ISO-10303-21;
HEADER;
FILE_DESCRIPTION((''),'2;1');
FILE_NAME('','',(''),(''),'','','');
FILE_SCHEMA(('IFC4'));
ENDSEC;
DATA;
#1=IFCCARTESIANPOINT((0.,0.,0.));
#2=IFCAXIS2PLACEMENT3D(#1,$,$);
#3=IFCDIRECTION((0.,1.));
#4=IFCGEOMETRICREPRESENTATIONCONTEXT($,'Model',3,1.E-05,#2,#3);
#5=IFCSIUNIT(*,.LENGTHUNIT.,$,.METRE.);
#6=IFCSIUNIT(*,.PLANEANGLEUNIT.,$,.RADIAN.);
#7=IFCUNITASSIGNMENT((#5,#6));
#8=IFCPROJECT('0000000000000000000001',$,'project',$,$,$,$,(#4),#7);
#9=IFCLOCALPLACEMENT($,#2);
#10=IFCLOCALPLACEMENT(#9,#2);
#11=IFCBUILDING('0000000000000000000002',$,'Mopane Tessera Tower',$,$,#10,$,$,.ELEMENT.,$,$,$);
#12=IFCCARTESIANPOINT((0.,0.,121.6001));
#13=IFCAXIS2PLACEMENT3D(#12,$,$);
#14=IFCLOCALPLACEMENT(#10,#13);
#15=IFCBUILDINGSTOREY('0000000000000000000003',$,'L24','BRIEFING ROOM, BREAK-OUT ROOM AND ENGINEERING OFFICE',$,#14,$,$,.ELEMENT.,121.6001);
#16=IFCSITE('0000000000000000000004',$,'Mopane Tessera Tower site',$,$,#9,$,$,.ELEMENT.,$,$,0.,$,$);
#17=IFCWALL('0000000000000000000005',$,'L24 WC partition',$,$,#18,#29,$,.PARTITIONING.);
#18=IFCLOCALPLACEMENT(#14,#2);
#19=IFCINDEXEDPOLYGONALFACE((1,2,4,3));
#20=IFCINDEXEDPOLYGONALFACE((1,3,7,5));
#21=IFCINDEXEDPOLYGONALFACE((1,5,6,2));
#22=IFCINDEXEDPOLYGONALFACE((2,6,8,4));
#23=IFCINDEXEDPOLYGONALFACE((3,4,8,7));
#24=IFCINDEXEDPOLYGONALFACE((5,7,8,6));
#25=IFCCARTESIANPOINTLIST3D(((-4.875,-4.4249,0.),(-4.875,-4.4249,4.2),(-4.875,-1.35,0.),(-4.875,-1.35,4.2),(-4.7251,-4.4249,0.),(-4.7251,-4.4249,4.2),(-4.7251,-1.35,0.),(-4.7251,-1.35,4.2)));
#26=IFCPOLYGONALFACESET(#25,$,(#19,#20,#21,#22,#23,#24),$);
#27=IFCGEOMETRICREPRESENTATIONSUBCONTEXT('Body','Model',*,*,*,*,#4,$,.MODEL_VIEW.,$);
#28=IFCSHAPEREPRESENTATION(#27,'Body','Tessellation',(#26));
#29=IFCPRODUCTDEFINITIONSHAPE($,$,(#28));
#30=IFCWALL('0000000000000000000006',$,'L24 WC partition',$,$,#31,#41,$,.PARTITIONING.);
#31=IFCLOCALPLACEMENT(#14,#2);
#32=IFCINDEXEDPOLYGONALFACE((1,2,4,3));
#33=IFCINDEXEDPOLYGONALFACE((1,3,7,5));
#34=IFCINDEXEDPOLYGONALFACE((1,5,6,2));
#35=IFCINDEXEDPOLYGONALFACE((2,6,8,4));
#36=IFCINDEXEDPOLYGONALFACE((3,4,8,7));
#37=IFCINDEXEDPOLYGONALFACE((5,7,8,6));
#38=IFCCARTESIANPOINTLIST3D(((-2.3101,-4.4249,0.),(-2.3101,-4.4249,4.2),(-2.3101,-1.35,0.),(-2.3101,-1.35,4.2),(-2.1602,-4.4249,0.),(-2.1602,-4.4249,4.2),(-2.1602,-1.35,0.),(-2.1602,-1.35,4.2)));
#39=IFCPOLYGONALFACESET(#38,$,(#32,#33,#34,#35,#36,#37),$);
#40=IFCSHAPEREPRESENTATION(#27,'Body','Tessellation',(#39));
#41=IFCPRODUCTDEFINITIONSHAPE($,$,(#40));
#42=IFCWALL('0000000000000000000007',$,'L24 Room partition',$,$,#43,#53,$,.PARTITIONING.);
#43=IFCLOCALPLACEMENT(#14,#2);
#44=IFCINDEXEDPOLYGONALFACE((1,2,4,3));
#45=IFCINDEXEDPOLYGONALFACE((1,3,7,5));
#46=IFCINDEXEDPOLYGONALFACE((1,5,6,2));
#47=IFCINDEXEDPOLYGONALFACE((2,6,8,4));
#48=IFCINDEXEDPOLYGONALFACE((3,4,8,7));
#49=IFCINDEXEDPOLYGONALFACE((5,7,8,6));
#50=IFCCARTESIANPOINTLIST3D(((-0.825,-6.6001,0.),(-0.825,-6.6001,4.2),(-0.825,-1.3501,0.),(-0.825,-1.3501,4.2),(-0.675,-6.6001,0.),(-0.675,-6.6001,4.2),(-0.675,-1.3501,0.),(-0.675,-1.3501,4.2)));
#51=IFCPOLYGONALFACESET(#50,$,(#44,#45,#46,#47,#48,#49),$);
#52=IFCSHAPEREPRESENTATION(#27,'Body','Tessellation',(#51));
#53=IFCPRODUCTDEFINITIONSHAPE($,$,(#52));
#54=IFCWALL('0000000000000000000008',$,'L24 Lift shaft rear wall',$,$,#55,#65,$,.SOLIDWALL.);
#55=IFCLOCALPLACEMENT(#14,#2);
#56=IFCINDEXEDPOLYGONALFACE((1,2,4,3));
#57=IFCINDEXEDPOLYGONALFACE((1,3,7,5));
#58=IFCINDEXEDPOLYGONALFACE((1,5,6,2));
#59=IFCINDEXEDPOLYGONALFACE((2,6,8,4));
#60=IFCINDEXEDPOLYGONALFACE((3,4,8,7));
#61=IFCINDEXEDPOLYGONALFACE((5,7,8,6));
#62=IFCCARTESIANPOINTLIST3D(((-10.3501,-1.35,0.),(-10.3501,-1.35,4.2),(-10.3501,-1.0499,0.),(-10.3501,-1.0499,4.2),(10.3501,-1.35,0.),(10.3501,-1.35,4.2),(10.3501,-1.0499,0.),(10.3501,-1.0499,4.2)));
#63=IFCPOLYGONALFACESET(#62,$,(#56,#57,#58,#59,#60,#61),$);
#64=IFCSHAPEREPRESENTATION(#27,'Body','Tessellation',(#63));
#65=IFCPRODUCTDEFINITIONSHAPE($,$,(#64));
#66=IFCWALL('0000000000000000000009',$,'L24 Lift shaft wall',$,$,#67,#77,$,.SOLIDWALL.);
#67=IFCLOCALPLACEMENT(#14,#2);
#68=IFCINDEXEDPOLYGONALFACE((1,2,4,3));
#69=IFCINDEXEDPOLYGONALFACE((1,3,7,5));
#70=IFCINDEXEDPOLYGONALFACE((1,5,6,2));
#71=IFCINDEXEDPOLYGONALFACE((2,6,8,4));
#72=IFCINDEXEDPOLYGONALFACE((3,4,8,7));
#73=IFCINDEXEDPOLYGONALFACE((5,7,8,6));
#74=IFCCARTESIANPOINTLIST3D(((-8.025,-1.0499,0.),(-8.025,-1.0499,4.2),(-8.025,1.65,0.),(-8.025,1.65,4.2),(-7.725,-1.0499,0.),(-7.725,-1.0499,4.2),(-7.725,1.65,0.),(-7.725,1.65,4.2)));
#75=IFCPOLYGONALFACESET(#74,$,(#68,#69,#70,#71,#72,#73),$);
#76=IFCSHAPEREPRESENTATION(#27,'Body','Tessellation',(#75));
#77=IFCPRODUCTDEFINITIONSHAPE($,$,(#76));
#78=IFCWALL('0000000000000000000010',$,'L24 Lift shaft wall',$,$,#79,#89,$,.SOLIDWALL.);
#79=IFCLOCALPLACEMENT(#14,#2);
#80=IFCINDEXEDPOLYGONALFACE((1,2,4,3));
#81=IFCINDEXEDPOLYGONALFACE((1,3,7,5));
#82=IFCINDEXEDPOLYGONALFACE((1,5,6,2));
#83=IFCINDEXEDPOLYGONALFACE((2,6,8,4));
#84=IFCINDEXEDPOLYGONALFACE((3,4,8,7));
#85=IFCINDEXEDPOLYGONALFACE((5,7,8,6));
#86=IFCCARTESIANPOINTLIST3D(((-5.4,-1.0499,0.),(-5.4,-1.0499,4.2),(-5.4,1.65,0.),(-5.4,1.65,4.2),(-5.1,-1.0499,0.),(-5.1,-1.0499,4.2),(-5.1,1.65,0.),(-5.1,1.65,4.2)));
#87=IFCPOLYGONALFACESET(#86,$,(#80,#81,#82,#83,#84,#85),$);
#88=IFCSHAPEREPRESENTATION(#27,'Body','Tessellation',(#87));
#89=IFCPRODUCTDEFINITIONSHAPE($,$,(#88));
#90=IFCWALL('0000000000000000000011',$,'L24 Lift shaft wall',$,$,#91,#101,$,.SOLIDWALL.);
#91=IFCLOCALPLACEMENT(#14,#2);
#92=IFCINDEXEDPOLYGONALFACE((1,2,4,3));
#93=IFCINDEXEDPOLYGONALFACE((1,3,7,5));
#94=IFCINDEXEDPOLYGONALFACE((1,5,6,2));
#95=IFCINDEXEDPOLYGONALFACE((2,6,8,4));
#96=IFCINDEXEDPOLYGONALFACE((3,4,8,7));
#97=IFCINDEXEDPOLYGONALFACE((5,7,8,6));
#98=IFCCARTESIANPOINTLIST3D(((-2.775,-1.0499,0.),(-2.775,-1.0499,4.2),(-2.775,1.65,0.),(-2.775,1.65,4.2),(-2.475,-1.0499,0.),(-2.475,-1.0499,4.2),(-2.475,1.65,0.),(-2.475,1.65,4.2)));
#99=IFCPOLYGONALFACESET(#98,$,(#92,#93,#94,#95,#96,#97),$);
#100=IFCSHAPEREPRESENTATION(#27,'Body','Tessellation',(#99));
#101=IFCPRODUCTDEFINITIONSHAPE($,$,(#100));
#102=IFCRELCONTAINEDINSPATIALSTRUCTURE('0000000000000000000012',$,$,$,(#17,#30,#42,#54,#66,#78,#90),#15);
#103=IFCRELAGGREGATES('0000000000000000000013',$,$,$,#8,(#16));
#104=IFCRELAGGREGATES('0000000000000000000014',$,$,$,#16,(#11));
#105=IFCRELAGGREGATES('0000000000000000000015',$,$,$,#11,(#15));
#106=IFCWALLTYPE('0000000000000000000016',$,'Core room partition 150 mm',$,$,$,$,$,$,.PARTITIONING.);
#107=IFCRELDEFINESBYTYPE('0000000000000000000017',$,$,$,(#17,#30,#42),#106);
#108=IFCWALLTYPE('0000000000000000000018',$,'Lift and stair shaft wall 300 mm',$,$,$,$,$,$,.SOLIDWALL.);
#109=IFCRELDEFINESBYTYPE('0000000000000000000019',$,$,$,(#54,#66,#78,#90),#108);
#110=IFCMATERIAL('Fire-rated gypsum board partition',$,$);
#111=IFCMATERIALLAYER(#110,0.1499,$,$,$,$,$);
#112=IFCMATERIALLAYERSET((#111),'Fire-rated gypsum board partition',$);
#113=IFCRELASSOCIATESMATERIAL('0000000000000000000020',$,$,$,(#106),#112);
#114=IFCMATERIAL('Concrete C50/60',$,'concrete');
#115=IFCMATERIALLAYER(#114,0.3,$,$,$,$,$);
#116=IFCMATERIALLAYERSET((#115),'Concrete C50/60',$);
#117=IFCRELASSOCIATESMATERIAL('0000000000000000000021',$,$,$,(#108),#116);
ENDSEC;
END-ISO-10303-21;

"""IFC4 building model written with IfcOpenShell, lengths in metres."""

from ifc_helpers import new_model, si_unit, direction, frame, frame_2d, origin, place, context, subcontext, project, spatial, rectangle, extrude, material, layer, layer_set, type_object, element, save


model = new_model("IFC4")

# Units and contexts
model_context = context("Model", 3, precision=1e-05, world=origin(), true_north=direction((0.0, 1.0)))
body_context = subcontext(model_context, "Body", "Model", "MODEL_VIEW")
ifc_project = project(units=[si_unit("LENGTHUNIT", "METRE"), si_unit("PLANEANGLEUNIT", "RADIAN")], contexts=[model_context])

# Site, building, storey
site_placement = place(None, origin())
site = spatial("IfcSite", under=ifc_project, at=site_placement, Name="Mopane Tessera Tower site", CompositionType="ELEMENT", RefElevation=0.0)
building_placement = place(site_placement, origin())
building = spatial("IfcBuilding", under=site, at=building_placement, Name="Mopane Tessera Tower", CompositionType="ELEMENT")
storey_placement = place(building_placement, frame((0.0, 0.0, 121.6001)))
storey = spatial("IfcBuildingStorey", under=building, at=storey_placement, Name="L24", Description="BRIEFING ROOM, BREAK-OUT ROOM AND ENGINEERING OFFICE", CompositionType="ELEMENT", Elevation=121.6001)

# Shared definitions
ifc_material_1 = material(Name="Fire-rated gypsum board partition")
ifc_layer_1 = layer(ifc_material_1, 0.1499)
ifc_layer_set_1 = layer_set([ifc_layer_1], Name="Fire-rated gypsum board partition")
wall_type_1 = type_object("IfcWallType", Name="Core room partition 150 mm", PredefinedType="PARTITIONING", material=ifc_layer_set_1)

# Walls
for number, where, z_axis, x_axis, name in (
    (1, (-4.8, -4.425, 0.0), (0.0, 0.0, 1.0), (0.0, 1.0, 0.0), "L24 WC partition"),
    (2, (-2.2351, -4.425, 0.0), (0.0, 0.0, 1.0), (0.0, 1.0, 0.0), "L24 WC partition"),
):
    element("IfcWall", number, at=place(storey_placement, frame(where, z_axis=z_axis, x_axis=x_axis)), inside=storey, type_object=wall_type_1, Name=name, PredefinedType="PARTITIONING", context=body_context, shape_type="SweptSolid", body=[
        extrude(rectangle(XDim=3.075, YDim=0.1499, at=frame_2d((1.5376, 0.0))), origin(), (0.0, 0.0, 1.0), 4.2),
    ])
wall_1_placement = place(storey_placement, frame((-0.75, -6.6001, 0.0), z_axis=(0.0, 0.0, 1.0), x_axis=(0.0, 1.0, 0.0)))
element("IfcWall", 3, at=wall_1_placement, inside=storey, type_object=wall_type_1, Name="L24 Room partition", PredefinedType="PARTITIONING", context=body_context, shape_type="SweptSolid", body=[
    extrude(rectangle(XDim=5.25, YDim=0.1499, at=frame_2d((2.625, 0.0))), origin(), (0.0, 0.0, 1.0), 4.2),
])
ifc_material_2 = material(Name="Concrete C50/60", Category="concrete")
ifc_layer_2 = layer(ifc_material_2, 0.3)
ifc_layer_set_2 = layer_set([ifc_layer_2], Name="Concrete C50/60")
wall_type_2 = type_object("IfcWallType", Name="Lift and stair shaft wall 300 mm", PredefinedType="SOLIDWALL", material=ifc_layer_set_2)
wall_2_placement = place(storey_placement, frame((-10.3501, -1.2, 0.0), z_axis=(0.0, 0.0, 1.0), x_axis=(1.0, 0.0, 0.0)))
element("IfcWall", 4, at=wall_2_placement, inside=storey, type_object=wall_type_2, Name="L24 Lift shaft rear wall", PredefinedType="SOLIDWALL", context=body_context, shape_type="SweptSolid", body=[
    extrude(rectangle(XDim=20.7002, YDim=0.3, at=frame_2d((10.3501, 0.0))), origin(), (0.0, 0.0, 1.0), 4.2),
])
for number, where, z_axis, x_axis, name in (
    (5, (-7.875, -1.05, 0.0), (0.0, 0.0, 1.0), (0.0, 1.0, 0.0), "L24 Lift shaft wall"),
    (6, (-5.25, -1.05, 0.0), (0.0, 0.0, 1.0), (0.0, 1.0, 0.0), "L24 Lift shaft wall"),
    (7, (-2.625, -1.05, 0.0), (0.0, 0.0, 1.0), (0.0, 1.0, 0.0), "L24 Lift shaft wall"),
):
    element("IfcWall", number, at=place(storey_placement, frame(where, z_axis=z_axis, x_axis=x_axis)), inside=storey, type_object=wall_type_2, Name=name, PredefinedType="SOLIDWALL", context=body_context, shape_type="SweptSolid", body=[
        extrude(rectangle(XDim=2.7, YDim=0.3, at=frame_2d((1.3501, 0.0))), origin(), (0.0, 0.0, 1.0), 4.2),
    ])

save(model, "model.ifc")
